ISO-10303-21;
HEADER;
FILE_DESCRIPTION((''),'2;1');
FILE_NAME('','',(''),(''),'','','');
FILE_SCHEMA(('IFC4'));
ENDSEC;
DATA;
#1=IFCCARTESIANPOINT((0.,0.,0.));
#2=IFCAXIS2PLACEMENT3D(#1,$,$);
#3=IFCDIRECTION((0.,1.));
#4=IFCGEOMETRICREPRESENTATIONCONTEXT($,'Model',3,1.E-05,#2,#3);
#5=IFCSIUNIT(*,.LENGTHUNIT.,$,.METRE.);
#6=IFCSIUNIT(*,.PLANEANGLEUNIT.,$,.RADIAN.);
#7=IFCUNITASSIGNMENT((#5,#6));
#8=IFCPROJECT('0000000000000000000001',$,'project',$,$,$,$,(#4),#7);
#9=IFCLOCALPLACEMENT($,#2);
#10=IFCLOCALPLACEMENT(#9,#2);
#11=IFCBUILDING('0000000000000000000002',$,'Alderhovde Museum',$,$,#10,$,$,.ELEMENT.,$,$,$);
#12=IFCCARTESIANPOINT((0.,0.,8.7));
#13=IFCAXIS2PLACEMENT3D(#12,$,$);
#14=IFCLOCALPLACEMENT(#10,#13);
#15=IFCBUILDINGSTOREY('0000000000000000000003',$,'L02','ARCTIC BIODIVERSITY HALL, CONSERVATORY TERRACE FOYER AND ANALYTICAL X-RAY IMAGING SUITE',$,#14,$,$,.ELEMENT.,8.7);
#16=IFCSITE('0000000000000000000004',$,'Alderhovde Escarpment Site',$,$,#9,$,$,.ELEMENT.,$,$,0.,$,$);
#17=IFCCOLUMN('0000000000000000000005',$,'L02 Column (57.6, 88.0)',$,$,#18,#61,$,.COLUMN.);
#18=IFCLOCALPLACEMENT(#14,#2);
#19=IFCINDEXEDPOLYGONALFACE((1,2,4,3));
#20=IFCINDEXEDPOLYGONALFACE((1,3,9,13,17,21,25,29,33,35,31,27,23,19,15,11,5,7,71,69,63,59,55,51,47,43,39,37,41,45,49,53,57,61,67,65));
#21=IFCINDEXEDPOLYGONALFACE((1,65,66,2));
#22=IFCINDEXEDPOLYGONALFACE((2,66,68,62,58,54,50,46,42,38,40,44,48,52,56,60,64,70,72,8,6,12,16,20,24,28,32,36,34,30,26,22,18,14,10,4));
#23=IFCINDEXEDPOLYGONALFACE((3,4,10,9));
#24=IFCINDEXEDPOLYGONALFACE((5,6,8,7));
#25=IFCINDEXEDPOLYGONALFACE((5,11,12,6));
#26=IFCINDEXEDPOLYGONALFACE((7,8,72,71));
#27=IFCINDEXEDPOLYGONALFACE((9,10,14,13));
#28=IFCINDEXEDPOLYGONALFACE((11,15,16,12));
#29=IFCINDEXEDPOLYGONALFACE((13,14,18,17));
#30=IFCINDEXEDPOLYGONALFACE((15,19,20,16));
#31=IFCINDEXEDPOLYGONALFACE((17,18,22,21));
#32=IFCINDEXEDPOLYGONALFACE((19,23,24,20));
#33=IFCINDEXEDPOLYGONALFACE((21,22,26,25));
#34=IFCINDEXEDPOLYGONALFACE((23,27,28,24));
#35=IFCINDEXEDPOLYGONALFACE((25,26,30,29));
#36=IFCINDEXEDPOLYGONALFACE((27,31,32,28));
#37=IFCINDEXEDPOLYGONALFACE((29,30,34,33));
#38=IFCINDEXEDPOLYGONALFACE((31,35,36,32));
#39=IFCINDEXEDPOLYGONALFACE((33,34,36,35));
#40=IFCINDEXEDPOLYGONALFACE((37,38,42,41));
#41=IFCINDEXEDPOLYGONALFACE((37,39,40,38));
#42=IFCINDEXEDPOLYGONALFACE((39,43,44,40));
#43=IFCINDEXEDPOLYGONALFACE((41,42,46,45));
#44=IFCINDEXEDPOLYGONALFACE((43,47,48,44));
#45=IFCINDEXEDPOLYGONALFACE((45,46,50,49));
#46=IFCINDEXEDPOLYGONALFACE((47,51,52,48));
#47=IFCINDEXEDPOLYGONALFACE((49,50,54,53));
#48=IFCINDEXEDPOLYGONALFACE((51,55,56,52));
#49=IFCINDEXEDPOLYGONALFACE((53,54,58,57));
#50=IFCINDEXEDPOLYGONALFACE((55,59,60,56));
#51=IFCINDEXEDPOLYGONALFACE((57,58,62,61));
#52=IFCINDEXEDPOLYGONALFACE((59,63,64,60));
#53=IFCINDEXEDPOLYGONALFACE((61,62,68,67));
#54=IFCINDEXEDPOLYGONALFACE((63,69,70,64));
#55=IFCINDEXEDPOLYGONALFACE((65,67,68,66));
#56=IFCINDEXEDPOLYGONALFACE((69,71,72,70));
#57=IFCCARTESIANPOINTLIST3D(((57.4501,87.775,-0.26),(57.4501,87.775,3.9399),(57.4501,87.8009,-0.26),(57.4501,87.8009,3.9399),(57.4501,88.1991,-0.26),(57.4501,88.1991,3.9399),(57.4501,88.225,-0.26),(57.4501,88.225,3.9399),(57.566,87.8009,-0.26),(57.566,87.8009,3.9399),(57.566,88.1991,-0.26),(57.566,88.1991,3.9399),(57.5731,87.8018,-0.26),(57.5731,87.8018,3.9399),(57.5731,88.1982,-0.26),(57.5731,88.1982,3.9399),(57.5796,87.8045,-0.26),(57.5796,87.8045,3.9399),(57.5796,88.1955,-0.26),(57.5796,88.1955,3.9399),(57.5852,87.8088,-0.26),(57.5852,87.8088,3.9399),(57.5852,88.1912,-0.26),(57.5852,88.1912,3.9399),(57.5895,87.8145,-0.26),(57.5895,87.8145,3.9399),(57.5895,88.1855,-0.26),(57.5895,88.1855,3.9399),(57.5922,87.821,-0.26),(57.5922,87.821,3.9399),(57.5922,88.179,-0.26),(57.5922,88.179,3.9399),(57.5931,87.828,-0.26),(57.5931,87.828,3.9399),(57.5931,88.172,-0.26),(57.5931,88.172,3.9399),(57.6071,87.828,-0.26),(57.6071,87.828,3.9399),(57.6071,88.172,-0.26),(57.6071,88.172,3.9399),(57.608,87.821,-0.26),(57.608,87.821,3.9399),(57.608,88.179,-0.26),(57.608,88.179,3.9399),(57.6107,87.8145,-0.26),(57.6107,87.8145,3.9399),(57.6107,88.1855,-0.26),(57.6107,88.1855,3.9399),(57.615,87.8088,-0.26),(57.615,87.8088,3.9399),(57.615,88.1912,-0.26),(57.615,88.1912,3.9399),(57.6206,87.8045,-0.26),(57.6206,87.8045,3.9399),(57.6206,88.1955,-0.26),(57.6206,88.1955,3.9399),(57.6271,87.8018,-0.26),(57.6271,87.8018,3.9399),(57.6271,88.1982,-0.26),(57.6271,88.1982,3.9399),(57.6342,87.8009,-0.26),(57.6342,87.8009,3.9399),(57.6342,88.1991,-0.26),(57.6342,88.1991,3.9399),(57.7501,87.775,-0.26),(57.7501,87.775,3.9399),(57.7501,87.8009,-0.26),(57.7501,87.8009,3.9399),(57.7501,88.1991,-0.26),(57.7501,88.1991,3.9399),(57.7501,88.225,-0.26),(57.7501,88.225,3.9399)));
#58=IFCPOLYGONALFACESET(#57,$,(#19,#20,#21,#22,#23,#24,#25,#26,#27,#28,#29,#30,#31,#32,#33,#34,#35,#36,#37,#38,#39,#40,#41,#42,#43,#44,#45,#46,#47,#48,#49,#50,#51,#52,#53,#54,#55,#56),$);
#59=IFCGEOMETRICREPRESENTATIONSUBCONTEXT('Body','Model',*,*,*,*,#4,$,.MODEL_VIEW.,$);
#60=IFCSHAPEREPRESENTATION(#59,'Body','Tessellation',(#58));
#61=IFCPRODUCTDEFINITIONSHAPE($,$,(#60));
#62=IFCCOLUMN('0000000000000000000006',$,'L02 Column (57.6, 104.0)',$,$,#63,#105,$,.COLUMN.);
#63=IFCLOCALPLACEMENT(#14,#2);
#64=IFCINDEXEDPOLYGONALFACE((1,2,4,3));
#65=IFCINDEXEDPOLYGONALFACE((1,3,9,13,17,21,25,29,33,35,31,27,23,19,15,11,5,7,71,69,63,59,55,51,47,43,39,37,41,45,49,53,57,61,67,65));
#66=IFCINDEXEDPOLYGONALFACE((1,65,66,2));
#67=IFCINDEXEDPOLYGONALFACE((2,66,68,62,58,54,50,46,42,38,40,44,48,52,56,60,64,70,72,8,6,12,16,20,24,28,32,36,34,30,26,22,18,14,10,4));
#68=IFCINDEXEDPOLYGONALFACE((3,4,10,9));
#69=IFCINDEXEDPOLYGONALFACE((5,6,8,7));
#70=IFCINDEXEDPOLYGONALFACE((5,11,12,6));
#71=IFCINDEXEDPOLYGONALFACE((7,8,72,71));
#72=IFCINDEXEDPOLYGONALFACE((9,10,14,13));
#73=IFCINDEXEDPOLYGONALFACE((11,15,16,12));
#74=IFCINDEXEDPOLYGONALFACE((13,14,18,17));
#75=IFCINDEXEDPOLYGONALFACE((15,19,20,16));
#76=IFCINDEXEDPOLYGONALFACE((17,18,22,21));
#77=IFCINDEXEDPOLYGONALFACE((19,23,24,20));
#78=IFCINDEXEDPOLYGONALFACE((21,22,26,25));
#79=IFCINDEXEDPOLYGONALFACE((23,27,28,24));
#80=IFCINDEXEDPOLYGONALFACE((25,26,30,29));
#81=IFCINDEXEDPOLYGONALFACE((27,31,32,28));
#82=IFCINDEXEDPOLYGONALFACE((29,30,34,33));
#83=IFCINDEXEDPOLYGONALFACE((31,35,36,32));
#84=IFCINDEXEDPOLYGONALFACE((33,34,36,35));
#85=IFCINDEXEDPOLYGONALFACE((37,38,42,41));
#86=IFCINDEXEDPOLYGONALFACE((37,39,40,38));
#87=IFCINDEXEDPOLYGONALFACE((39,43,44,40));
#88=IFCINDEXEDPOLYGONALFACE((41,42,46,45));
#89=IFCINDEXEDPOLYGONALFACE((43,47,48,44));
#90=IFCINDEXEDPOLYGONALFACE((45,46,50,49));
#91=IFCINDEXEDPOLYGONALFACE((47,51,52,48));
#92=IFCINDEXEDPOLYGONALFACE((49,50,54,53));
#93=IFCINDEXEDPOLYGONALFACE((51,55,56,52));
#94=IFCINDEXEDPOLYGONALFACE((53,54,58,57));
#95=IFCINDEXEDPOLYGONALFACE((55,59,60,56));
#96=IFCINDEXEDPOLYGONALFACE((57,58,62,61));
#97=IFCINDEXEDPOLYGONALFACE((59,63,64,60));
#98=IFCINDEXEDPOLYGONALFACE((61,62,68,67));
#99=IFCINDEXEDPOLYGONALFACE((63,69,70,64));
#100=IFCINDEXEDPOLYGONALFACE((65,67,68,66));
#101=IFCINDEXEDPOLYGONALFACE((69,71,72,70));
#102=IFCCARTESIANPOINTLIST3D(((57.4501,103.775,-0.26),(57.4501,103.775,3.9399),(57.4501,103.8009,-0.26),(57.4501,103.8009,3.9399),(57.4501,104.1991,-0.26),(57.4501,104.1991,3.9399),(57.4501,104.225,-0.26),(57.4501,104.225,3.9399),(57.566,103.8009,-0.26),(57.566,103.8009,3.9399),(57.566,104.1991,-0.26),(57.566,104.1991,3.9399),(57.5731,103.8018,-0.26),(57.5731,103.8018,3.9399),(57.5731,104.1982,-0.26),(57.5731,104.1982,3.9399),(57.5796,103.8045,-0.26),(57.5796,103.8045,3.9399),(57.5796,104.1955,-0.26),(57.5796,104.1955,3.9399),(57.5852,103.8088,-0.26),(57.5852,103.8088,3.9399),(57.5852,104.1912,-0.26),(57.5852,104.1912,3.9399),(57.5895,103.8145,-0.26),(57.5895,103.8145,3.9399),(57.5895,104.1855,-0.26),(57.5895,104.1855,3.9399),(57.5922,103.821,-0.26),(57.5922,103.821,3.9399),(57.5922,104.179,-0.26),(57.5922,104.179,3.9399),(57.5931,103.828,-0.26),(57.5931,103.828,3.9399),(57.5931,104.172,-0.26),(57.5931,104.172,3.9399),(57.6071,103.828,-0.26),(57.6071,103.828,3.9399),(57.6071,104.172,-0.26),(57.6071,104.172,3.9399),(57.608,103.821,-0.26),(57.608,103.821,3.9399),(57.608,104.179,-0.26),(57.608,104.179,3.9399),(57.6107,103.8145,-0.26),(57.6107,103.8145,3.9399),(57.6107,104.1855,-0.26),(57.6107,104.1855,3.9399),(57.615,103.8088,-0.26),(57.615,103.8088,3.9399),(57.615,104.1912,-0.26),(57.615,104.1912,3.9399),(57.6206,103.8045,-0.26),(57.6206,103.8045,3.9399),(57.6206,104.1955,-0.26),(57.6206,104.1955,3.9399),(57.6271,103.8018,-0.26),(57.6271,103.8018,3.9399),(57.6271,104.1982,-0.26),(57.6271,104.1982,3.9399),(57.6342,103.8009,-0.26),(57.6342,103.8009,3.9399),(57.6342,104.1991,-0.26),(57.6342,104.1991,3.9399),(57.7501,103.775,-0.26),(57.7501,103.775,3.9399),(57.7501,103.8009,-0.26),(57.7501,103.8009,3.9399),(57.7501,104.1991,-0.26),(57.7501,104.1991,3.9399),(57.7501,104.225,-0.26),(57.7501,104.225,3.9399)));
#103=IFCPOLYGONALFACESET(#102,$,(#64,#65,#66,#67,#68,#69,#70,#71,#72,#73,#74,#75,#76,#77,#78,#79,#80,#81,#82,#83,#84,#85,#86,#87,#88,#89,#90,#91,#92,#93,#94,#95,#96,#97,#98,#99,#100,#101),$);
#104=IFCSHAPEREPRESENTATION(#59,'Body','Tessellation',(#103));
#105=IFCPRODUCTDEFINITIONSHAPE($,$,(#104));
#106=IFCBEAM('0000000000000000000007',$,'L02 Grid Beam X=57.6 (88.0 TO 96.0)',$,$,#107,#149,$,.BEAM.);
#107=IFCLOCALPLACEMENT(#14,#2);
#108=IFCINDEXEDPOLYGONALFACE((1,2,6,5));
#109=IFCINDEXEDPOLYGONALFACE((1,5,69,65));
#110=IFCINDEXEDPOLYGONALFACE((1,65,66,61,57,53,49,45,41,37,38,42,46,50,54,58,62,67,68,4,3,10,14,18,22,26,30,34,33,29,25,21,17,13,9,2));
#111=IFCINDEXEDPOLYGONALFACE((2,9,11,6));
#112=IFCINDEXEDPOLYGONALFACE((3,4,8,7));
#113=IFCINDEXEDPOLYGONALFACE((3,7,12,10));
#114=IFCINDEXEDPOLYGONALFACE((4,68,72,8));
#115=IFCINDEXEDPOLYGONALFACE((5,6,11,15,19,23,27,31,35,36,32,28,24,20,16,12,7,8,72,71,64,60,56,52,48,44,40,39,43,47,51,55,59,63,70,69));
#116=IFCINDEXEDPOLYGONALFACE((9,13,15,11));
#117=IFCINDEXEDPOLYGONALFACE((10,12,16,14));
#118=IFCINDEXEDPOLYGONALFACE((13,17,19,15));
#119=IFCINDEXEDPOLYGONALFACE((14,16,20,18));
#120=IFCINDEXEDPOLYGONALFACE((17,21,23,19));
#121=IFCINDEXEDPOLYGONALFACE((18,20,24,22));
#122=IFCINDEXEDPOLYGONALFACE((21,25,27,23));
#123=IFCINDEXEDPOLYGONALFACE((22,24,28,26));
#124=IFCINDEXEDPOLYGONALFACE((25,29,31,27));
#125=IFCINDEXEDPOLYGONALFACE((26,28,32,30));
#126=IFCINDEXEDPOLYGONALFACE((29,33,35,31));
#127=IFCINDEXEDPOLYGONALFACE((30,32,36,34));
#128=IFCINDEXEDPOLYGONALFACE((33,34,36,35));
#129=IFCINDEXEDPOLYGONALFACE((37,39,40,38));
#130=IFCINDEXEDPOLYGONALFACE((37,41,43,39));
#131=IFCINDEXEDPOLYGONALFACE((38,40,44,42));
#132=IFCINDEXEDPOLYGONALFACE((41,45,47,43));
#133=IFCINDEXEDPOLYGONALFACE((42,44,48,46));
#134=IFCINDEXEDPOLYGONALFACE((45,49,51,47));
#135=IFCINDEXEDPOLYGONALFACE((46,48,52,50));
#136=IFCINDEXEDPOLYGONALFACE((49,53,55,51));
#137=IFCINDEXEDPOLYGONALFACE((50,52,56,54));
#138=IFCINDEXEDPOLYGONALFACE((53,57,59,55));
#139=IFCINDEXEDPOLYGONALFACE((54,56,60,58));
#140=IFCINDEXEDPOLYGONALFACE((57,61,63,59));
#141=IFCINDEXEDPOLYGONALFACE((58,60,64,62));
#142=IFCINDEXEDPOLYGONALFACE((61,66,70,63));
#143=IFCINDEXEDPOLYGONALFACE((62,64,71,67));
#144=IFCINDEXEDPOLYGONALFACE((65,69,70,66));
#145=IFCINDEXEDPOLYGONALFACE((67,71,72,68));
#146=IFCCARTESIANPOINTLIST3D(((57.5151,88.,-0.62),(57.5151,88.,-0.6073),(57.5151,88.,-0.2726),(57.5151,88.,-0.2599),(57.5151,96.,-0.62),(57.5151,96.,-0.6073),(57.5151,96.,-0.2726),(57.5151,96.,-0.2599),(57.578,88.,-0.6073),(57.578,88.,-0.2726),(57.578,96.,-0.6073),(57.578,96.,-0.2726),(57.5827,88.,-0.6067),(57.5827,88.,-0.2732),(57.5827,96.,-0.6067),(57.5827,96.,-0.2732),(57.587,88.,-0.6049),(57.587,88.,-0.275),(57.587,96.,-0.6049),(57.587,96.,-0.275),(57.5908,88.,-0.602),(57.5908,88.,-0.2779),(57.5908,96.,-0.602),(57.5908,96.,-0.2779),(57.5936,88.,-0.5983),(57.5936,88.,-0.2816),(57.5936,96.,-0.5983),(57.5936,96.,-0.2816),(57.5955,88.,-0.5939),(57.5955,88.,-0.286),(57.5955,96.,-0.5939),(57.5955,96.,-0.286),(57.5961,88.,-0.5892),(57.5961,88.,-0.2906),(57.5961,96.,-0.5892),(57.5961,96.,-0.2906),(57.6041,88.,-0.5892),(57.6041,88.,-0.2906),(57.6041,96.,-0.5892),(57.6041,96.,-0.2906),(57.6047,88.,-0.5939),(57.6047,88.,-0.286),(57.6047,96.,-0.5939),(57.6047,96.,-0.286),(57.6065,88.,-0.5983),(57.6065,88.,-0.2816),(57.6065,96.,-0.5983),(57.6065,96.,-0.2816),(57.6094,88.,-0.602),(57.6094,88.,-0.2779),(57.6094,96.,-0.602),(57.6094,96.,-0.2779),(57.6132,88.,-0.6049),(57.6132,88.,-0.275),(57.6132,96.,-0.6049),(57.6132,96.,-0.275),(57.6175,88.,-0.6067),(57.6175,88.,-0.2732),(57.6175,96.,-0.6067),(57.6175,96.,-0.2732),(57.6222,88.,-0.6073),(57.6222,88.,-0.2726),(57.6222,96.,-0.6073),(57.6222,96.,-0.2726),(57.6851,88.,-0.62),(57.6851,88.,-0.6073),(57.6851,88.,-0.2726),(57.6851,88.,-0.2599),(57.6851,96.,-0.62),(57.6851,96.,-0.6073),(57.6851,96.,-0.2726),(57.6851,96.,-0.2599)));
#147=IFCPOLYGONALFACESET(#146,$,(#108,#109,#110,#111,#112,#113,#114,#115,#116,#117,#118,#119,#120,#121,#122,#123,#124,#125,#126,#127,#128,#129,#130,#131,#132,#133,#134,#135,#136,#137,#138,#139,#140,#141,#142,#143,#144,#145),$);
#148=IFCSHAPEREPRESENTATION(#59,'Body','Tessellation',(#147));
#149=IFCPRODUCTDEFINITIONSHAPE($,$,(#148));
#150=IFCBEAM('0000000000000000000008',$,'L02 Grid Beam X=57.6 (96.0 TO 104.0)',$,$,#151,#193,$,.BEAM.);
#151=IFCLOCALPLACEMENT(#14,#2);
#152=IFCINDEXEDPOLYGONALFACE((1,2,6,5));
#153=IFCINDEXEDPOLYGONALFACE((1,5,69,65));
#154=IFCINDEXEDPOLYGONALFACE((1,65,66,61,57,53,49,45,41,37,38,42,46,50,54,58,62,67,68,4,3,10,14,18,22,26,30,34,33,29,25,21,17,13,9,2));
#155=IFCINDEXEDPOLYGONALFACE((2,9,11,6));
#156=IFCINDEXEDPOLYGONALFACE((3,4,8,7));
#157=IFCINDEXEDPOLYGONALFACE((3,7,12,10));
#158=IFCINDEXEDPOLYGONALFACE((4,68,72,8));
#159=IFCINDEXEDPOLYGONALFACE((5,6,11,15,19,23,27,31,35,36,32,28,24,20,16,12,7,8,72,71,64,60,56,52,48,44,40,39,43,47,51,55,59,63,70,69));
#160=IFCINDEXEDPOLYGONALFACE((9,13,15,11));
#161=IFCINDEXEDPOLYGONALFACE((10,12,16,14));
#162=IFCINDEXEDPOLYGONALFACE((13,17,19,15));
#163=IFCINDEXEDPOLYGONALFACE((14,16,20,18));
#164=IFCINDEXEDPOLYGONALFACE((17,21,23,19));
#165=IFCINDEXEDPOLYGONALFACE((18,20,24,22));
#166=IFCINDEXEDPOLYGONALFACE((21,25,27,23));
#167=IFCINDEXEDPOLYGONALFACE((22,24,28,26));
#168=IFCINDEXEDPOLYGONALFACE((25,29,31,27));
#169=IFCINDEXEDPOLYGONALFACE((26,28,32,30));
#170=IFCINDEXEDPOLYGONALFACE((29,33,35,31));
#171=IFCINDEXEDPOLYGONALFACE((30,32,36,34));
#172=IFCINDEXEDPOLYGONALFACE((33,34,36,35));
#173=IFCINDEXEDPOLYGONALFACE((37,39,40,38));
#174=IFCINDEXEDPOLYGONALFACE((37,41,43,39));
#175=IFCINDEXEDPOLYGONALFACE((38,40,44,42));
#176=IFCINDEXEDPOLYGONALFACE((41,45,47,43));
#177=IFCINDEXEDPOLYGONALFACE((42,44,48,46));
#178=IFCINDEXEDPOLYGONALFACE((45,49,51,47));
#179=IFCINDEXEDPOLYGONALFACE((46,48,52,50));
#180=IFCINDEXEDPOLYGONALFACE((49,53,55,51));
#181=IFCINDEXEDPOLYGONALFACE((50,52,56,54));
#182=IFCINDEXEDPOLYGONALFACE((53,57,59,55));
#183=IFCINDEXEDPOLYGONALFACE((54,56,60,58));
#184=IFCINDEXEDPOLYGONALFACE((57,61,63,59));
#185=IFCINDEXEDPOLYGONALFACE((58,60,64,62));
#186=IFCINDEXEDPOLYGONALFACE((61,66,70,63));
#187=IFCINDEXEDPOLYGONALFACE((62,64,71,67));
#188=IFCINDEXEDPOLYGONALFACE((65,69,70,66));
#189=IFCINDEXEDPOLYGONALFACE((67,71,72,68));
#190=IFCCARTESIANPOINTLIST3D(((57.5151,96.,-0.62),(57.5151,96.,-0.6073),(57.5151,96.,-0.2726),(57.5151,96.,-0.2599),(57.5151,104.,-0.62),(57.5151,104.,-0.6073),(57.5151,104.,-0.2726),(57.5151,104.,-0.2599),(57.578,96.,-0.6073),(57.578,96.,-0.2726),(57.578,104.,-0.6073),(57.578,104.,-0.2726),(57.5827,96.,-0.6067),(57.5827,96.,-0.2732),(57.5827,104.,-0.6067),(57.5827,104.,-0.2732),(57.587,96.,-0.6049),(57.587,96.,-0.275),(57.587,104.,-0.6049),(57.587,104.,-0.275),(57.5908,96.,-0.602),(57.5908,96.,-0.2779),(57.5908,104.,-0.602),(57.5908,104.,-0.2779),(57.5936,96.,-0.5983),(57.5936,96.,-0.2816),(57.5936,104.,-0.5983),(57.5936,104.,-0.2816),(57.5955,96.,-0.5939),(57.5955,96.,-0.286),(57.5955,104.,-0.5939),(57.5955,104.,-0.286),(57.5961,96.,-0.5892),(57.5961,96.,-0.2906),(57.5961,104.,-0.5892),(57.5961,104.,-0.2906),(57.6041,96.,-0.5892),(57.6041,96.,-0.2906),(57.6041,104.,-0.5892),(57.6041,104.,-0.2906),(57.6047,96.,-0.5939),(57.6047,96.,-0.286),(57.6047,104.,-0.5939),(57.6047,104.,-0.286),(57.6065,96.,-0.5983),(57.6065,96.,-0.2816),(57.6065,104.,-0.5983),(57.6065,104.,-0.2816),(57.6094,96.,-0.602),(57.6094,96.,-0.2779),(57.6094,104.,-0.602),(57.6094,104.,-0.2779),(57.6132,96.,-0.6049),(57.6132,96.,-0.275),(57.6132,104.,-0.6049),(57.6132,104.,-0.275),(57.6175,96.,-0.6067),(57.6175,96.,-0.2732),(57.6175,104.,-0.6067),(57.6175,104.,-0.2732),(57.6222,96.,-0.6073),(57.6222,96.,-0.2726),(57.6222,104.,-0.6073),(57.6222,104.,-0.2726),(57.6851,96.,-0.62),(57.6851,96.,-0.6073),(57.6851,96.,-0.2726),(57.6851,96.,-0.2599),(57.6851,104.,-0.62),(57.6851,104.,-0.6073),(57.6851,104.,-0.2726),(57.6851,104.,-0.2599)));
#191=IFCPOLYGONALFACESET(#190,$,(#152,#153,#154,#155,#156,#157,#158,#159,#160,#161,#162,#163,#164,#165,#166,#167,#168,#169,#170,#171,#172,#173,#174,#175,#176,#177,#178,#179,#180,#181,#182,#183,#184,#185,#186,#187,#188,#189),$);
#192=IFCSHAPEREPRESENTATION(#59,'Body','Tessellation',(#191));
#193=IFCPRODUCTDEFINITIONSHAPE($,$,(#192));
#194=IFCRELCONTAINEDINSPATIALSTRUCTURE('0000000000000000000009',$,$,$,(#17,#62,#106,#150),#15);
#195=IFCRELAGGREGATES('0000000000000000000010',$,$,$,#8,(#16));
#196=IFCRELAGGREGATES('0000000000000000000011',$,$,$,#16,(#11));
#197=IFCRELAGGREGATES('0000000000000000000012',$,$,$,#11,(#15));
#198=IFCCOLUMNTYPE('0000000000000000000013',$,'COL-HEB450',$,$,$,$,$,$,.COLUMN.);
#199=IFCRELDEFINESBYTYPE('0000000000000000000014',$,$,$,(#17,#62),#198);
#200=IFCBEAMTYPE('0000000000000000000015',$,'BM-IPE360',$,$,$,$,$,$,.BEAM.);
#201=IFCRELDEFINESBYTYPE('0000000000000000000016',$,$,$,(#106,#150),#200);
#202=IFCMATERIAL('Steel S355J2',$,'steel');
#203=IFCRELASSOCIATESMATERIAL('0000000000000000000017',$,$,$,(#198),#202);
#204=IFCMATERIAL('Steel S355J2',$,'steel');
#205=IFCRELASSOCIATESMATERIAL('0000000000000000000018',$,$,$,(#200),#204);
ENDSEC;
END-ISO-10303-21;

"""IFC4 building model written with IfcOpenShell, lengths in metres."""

from ifc_helpers import new_model, si_unit, direction, frame, origin, origin_2d, place, context, subcontext, project, spatial, i_section, extrude, material, material_profile, profile_set, type_object, element, save


model = new_model("IFC4")

# Units and contexts
model_context = context("Model", 3, precision=1e-05, world=origin(), true_north=direction((0.0, 1.0)))
body_context = subcontext(model_context, "Body", "Model", "MODEL_VIEW")
ifc_project = project(units=[si_unit("LENGTHUNIT", "METRE"), si_unit("PLANEANGLEUNIT", "RADIAN")], contexts=[model_context])

# Site, building, storey
site_placement = place(None, origin())
site = spatial("IfcSite", under=ifc_project, at=site_placement, Name="Alderhovde Escarpment Site", CompositionType="ELEMENT", RefElevation=0.0)
building_placement = place(site_placement, origin())
building = spatial("IfcBuilding", under=site, at=building_placement, Name="Alderhovde Museum", CompositionType="ELEMENT")
storey_placement = place(building_placement, frame((0.0, 0.0, 8.7)))
storey = spatial("IfcBuildingStorey", under=building, at=storey_placement, Name="L02", Description="ARCTIC BIODIVERSITY HALL, CONSERVATORY TERRACE FOYER AND ANALYTICAL X-RAY IMAGING SUITE", CompositionType="ELEMENT", Elevation=8.7)

# Columns
ifc_material_1 = material(Name="Steel S355J2", Category="steel")
ifc_material_profile_1 = material_profile(ifc_material_1, i_section(OverallWidth=0.3, OverallDepth=0.45, WebThickness=0.0139, FlangeThickness=0.0259, FilletRadius=0.0271, at=origin_2d()), Name="HEB 450")
ifc_profile_set_1 = profile_set([ifc_material_profile_1], Name="Steel S355J2")
column_type_1 = type_object("IfcColumnType", Name="COL-HEB450", PredefinedType="COLUMN", material=ifc_profile_set_1)
for number, where, z_axis, x_axis, name in (
    (1, (57.6001, 88.0, -0.26), (0.0, 0.0, 1.0), (1.0, 0.0, 0.0), "L02 Column (57.6, 88.0)"),
    (2, (57.6001, 104.0, -0.26), (0.0, 0.0, 1.0), (1.0, 0.0, 0.0), "L02 Column (57.6, 104.0)"),
):
    element("IfcColumn", number, at=place(storey_placement, frame(where, z_axis=z_axis, x_axis=x_axis)), inside=storey, type_object=column_type_1, Name=name, PredefinedType="COLUMN", context=body_context, shape_type="SweptSolid", body=[
        extrude(i_section(OverallWidth=0.3, OverallDepth=0.45, WebThickness=0.0139, FlangeThickness=0.0259, FilletRadius=0.0271, at=origin_2d()), origin(), (0.0, 0.0, 1.0), 4.2),
    ])

# Beams
ifc_material_2 = material(Name="Steel S355J2", Category="steel")
ifc_material_profile_2 = material_profile(ifc_material_2, i_section(OverallWidth=0.1699, OverallDepth=0.3601, WebThickness=0.0081, FlangeThickness=0.0127, FilletRadius=0.0181, at=origin_2d()), Name="IPE 360")
ifc_profile_set_2 = profile_set([ifc_material_profile_2], Name="Steel S355J2")
beam_type_1 = type_object("IfcBeamType", Name="BM-IPE360", PredefinedType="BEAM", material=ifc_profile_set_2)
for number, where, z_axis, x_axis, name in (
    (3, (57.6001, 88.0, -0.4399), (0.0, 1.0, 0.0), (-1.0, 0.0, 0.0), "L02 Grid Beam X=57.6 (88.0 TO 96.0)"),
    (4, (57.6001, 96.0, -0.4399), (0.0, 1.0, 0.0), (-1.0, 0.0, 0.0), "L02 Grid Beam X=57.6 (96.0 TO 104.0)"),
):
    element("IfcBeam", number, at=place(storey_placement, frame(where, z_axis=z_axis, x_axis=x_axis)), inside=storey, type_object=beam_type_1, Name=name, PredefinedType="BEAM", context=body_context, shape_type="SweptSolid", body=[
        extrude(i_section(OverallWidth=0.1699, OverallDepth=0.3601, WebThickness=0.0081, FlangeThickness=0.0127, FilletRadius=0.0181, at=origin_2d()), origin(), (0.0, 0.0, 1.0), 8.0),
    ])

save(model, "model.ifc")
